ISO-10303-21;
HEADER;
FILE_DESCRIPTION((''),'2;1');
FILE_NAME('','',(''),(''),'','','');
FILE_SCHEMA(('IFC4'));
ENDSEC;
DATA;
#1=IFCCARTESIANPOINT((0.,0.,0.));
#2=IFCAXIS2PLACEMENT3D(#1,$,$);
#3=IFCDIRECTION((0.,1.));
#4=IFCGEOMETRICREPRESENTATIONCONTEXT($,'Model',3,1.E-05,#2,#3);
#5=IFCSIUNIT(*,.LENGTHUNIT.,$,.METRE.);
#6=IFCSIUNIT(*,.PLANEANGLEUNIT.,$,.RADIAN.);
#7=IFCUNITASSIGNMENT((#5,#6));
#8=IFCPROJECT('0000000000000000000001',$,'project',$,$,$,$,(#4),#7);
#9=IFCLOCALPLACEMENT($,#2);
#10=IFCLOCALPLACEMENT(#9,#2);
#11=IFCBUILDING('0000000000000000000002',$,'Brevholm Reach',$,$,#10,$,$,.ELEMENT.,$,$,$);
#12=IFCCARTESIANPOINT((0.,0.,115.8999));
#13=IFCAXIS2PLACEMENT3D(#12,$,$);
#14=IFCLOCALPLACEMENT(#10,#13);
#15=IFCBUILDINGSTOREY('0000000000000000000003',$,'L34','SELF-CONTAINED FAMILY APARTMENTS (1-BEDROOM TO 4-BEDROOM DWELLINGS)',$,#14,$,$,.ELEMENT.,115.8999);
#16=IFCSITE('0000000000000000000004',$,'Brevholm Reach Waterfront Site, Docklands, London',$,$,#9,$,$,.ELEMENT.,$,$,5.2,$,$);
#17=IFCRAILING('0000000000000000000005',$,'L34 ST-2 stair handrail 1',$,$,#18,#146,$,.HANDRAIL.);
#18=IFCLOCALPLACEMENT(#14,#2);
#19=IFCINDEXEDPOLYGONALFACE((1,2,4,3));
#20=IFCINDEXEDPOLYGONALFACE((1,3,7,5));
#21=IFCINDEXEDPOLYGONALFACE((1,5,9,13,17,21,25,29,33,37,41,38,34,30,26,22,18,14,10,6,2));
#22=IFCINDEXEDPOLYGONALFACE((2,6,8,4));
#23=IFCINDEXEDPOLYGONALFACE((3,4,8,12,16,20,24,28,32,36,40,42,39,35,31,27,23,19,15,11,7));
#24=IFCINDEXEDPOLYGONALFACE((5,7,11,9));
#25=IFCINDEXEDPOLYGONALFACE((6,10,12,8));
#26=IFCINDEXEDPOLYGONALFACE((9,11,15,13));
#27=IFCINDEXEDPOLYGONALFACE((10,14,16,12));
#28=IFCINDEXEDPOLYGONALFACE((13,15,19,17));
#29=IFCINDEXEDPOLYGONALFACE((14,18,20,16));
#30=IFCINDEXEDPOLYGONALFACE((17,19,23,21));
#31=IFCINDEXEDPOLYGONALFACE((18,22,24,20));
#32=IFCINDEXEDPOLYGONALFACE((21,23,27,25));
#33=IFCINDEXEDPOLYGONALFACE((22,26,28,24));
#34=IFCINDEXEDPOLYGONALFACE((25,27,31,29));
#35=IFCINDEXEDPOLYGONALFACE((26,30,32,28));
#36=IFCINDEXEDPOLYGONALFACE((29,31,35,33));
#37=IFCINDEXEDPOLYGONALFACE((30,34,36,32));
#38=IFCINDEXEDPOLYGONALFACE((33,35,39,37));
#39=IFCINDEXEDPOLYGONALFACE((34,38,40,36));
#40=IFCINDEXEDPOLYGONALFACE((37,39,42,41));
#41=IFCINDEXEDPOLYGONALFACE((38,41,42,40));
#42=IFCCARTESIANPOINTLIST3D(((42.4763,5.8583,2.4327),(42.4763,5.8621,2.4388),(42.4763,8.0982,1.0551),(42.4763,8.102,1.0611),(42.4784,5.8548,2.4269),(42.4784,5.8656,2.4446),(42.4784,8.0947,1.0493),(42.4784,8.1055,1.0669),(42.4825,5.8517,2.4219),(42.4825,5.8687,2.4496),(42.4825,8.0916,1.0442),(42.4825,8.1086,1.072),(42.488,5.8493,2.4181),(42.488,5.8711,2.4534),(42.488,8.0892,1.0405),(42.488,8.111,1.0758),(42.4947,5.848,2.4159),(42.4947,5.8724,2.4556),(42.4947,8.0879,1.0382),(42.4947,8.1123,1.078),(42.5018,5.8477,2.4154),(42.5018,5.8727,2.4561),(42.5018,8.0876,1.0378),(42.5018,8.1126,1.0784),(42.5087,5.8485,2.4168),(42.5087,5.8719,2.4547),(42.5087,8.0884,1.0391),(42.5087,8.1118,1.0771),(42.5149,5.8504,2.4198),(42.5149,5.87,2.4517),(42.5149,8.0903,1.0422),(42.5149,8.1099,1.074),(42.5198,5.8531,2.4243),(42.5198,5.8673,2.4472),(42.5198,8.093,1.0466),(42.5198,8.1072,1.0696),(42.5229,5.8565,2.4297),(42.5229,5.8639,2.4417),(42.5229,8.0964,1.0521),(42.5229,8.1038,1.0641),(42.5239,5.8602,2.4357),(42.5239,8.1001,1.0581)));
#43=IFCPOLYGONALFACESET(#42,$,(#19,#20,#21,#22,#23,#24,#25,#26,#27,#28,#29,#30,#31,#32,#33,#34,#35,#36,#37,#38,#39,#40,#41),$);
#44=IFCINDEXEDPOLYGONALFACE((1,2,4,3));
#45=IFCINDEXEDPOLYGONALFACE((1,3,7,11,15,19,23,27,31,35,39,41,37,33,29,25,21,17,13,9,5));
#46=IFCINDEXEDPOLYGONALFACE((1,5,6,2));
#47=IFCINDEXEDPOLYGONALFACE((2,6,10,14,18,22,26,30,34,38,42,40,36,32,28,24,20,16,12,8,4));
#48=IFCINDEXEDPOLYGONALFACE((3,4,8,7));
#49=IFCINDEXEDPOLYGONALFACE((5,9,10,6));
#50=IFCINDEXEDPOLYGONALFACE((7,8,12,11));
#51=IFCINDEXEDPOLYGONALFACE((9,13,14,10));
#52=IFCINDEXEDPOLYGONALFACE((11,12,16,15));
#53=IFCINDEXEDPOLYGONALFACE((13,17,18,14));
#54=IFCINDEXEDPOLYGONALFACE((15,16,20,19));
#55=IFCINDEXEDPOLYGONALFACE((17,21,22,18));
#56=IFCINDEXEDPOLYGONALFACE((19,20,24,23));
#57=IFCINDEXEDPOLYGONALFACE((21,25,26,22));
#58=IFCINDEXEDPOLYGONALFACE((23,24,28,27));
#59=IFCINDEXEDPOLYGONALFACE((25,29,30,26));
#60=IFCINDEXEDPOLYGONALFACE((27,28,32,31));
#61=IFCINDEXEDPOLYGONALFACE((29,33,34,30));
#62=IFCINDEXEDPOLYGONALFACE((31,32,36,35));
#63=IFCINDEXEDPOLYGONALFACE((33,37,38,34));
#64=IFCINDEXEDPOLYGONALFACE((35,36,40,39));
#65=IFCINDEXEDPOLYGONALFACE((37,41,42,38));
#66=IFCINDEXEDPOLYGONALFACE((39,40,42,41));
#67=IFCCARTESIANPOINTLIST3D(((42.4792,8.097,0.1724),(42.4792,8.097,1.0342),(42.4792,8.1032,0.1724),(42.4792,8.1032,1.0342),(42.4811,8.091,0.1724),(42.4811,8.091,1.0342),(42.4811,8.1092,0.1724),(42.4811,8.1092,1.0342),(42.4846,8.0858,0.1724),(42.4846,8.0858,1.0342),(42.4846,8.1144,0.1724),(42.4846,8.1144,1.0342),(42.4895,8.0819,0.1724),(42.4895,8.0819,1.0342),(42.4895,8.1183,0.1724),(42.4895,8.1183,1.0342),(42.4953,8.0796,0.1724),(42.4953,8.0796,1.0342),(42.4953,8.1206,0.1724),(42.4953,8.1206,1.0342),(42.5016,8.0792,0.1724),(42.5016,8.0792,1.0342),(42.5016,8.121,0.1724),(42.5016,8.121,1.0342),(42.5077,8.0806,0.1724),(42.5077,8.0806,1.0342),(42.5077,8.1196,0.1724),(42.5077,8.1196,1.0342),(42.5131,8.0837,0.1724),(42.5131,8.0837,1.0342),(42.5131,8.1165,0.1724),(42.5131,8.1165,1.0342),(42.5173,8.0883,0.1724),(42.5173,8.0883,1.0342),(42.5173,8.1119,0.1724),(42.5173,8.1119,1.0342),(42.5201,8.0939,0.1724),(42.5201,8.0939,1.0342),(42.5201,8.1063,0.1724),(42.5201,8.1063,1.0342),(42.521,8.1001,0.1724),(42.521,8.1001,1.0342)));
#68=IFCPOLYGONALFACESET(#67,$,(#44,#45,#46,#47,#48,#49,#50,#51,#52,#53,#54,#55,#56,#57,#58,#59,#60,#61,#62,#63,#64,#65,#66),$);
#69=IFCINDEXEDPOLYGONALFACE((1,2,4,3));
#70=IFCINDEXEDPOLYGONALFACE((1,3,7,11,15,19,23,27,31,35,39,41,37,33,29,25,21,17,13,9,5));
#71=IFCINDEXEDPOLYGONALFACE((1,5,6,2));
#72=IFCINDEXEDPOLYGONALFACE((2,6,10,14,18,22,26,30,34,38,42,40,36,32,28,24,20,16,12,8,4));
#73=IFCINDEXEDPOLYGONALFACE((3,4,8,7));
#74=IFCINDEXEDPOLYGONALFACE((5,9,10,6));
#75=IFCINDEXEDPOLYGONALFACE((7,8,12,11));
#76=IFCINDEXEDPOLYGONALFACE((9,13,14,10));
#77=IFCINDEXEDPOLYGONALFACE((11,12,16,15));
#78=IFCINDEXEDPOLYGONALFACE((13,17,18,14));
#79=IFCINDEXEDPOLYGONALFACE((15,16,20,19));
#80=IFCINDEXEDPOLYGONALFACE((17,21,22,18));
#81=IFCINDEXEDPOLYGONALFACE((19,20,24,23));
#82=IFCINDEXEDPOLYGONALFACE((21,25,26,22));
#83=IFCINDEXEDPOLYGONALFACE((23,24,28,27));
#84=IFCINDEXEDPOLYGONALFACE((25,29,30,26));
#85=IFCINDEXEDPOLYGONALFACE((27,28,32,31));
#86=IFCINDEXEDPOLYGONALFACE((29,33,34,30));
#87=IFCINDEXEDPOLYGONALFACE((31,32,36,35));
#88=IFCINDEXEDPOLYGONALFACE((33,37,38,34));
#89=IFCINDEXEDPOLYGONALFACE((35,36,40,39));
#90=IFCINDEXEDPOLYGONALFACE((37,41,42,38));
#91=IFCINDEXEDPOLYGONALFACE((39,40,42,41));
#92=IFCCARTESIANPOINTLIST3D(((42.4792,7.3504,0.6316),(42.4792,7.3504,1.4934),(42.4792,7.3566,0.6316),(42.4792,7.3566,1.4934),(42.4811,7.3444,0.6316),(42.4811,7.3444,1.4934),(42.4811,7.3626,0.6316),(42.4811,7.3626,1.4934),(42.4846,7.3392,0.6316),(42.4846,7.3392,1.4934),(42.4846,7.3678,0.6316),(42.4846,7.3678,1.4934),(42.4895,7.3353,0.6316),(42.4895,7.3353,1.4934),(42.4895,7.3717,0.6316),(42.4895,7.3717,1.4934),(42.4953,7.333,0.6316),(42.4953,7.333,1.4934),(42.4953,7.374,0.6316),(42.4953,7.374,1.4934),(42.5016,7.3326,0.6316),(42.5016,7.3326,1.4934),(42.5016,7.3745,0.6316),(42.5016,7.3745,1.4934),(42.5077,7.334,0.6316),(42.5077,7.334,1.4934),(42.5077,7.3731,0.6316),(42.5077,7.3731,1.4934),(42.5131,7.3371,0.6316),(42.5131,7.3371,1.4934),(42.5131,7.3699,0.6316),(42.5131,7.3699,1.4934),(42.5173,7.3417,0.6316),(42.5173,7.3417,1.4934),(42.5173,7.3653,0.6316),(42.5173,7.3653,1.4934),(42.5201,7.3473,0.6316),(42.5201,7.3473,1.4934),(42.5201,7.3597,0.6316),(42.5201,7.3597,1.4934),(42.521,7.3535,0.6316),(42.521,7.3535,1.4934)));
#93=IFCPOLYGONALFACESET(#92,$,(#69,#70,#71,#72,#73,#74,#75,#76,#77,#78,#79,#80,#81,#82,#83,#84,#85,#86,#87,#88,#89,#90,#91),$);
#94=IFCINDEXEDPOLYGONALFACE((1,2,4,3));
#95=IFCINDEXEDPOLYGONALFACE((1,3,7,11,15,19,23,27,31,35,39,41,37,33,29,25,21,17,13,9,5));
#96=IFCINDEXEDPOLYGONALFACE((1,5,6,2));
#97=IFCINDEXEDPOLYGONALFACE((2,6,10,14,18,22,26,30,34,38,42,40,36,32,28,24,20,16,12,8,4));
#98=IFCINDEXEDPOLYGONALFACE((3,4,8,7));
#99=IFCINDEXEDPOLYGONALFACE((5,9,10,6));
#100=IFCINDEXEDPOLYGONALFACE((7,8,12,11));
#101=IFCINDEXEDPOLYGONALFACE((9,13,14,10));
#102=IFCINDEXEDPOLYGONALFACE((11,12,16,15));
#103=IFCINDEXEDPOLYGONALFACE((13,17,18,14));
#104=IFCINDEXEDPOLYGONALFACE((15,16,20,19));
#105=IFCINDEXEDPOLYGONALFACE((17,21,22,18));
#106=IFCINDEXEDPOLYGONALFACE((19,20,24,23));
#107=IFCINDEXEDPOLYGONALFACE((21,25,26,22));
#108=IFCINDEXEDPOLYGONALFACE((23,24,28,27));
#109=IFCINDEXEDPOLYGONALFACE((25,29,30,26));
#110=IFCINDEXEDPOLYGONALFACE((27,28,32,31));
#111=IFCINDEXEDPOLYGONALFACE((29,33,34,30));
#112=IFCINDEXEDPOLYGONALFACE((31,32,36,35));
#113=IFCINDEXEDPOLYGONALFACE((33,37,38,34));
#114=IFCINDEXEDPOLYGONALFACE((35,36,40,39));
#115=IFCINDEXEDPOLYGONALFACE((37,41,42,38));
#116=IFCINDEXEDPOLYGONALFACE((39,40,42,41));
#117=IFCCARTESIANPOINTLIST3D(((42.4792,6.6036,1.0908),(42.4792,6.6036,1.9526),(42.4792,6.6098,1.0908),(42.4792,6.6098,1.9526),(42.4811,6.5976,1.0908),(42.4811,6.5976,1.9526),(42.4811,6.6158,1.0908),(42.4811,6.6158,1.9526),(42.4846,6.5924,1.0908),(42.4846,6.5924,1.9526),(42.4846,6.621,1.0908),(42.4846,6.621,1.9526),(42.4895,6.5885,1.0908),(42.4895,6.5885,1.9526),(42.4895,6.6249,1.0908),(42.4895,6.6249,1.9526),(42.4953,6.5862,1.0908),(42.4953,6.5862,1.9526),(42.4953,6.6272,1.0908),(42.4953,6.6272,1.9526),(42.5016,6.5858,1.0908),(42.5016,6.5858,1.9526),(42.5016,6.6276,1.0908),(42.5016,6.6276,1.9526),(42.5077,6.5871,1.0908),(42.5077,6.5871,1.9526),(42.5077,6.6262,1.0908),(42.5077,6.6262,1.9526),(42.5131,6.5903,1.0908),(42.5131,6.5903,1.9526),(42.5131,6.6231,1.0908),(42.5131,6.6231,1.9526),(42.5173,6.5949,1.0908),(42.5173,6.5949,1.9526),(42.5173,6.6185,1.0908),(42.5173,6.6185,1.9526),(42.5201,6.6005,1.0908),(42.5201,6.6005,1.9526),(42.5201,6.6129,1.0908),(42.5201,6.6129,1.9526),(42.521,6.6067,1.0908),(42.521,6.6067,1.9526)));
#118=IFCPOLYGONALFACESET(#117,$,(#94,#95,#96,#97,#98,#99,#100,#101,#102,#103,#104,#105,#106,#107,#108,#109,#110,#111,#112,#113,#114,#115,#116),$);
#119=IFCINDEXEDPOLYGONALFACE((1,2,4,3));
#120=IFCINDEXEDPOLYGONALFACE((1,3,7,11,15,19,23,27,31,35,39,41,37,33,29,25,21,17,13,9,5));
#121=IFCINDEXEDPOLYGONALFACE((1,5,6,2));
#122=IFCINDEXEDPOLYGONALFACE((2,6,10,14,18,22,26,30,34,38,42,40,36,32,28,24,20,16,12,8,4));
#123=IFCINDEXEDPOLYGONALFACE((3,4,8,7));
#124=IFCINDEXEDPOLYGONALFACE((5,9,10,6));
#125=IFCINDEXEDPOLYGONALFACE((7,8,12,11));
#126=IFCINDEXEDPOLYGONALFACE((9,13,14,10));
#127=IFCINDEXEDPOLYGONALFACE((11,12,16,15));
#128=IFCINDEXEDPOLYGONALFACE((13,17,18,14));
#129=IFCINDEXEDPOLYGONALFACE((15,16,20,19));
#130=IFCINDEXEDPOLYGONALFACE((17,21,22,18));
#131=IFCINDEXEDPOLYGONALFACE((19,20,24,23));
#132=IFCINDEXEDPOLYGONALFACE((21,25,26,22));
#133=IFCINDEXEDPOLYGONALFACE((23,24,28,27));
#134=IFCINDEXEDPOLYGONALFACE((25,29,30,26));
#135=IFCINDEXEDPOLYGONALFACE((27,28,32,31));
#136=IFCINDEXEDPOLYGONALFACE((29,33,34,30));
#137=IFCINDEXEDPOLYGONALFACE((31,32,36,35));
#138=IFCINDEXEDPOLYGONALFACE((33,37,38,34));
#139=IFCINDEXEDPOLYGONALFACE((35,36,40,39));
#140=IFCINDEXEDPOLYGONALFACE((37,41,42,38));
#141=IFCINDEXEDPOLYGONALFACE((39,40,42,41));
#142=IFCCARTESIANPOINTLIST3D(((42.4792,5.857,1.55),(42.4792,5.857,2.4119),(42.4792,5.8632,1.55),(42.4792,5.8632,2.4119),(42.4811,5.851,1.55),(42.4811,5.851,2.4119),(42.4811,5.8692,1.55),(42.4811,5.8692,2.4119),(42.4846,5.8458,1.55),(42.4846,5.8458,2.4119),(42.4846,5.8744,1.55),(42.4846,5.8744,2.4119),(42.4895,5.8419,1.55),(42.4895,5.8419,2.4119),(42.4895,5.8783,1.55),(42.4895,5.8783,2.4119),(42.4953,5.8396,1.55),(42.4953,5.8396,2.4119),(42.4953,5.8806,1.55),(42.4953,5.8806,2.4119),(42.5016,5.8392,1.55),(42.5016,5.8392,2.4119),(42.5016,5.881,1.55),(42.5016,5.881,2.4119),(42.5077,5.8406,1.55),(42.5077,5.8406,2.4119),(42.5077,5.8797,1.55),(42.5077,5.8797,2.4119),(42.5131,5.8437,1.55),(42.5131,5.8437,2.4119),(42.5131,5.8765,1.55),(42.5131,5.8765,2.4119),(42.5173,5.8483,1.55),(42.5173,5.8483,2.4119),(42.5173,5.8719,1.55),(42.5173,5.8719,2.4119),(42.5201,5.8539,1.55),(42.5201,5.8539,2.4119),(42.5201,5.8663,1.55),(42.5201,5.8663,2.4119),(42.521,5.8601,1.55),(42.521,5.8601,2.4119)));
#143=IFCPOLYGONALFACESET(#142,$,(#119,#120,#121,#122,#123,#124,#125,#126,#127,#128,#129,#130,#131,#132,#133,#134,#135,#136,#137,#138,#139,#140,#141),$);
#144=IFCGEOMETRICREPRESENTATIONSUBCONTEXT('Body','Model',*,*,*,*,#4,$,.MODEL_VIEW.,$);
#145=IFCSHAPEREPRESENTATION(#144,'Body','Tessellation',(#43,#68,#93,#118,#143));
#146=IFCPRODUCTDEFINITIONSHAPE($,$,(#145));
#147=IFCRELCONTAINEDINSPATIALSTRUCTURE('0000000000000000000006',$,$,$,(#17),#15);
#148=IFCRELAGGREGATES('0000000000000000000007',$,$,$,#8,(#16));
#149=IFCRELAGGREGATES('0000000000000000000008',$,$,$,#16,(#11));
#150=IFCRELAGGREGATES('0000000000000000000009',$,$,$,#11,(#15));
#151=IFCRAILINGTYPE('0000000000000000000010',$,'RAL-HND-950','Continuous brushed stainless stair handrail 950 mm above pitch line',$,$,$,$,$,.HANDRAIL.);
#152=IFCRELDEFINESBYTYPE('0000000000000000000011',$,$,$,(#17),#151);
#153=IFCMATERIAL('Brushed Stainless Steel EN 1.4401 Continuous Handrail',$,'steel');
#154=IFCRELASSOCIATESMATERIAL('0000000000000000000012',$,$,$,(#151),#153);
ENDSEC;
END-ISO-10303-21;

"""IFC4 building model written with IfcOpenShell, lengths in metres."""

from ifc_helpers import new_model, si_unit, direction, frame, origin, origin_2d, place, context, subcontext, project, spatial, circle, extrude, material, type_object, element, save


model = new_model("IFC4")

# Units and contexts
model_context = context("Model", 3, precision=1e-05, world=origin(), true_north=direction((0.0, 1.0)))
body_context = subcontext(model_context, "Body", "Model", "MODEL_VIEW")
ifc_project = project(units=[si_unit("LENGTHUNIT", "METRE"), si_unit("PLANEANGLEUNIT", "RADIAN")], contexts=[model_context])

# Site, building, storey
site_placement = place(None, origin())
site = spatial("IfcSite", under=ifc_project, at=site_placement, Name="Brevholm Reach Waterfront Site, Docklands, London", CompositionType="ELEMENT", RefElevation=5.2)
building_placement = place(site_placement, origin())
building = spatial("IfcBuilding", under=site, at=building_placement, Name="Brevholm Reach", CompositionType="ELEMENT")
storey_placement = place(building_placement, frame((0.0, 0.0, 115.8999)))
storey = spatial("IfcBuildingStorey", under=building, at=storey_placement, Name="L34", Description="SELF-CONTAINED FAMILY APARTMENTS (1-BEDROOM TO 4-BEDROOM DWELLINGS)", CompositionType="ELEMENT", Elevation=115.8999)

# Railing
ifc_material_1 = material(Name="Brushed Stainless Steel EN 1.4401 Continuous Handrail", Category="steel")
railing_type_1 = type_object("IfcRailingType", Name="RAL-HND-950", Description="Continuous brushed stainless stair handrail 950 mm above pitch line", PredefinedType="HANDRAIL", material=ifc_material_1)
railing_1_placement = place(storey_placement, frame((42.5, 8.1001, 0.1724)))
element("IfcRailing", 1, at=railing_1_placement, inside=storey, type_object=railing_type_1, Name="L34 ST-2 stair handrail 1", PredefinedType="HANDRAIL", context=body_context, shape_type="SweptSolid", body=[
    extrude(circle(Radius=0.0239, at=origin_2d()), frame((0.0, 0.0, 0.8857), z_axis=(0.0, -0.851789, 0.523885), x_axis=(1.0, 0.0, 0.0)), (0.0, 0.0, 1.0), 2.6296),
    extrude(circle(Radius=0.021, at=origin_2d()), origin(), (0.0, 0.0, 1.0), 0.8618),
    extrude(circle(Radius=0.021, at=origin_2d()), frame((0.0, -0.7466, 0.4592)), (0.0, 0.0, 1.0), 0.8618),
    extrude(circle(Radius=0.021, at=origin_2d()), frame((0.0, -1.4934, 0.9185)), (0.0, 0.0, 1.0), 0.8618),
    extrude(circle(Radius=0.021, at=origin_2d()), frame((0.0, -2.24, 1.3777)), (0.0, 0.0, 1.0), 0.8618),
])

save(model, "model.ifc")
